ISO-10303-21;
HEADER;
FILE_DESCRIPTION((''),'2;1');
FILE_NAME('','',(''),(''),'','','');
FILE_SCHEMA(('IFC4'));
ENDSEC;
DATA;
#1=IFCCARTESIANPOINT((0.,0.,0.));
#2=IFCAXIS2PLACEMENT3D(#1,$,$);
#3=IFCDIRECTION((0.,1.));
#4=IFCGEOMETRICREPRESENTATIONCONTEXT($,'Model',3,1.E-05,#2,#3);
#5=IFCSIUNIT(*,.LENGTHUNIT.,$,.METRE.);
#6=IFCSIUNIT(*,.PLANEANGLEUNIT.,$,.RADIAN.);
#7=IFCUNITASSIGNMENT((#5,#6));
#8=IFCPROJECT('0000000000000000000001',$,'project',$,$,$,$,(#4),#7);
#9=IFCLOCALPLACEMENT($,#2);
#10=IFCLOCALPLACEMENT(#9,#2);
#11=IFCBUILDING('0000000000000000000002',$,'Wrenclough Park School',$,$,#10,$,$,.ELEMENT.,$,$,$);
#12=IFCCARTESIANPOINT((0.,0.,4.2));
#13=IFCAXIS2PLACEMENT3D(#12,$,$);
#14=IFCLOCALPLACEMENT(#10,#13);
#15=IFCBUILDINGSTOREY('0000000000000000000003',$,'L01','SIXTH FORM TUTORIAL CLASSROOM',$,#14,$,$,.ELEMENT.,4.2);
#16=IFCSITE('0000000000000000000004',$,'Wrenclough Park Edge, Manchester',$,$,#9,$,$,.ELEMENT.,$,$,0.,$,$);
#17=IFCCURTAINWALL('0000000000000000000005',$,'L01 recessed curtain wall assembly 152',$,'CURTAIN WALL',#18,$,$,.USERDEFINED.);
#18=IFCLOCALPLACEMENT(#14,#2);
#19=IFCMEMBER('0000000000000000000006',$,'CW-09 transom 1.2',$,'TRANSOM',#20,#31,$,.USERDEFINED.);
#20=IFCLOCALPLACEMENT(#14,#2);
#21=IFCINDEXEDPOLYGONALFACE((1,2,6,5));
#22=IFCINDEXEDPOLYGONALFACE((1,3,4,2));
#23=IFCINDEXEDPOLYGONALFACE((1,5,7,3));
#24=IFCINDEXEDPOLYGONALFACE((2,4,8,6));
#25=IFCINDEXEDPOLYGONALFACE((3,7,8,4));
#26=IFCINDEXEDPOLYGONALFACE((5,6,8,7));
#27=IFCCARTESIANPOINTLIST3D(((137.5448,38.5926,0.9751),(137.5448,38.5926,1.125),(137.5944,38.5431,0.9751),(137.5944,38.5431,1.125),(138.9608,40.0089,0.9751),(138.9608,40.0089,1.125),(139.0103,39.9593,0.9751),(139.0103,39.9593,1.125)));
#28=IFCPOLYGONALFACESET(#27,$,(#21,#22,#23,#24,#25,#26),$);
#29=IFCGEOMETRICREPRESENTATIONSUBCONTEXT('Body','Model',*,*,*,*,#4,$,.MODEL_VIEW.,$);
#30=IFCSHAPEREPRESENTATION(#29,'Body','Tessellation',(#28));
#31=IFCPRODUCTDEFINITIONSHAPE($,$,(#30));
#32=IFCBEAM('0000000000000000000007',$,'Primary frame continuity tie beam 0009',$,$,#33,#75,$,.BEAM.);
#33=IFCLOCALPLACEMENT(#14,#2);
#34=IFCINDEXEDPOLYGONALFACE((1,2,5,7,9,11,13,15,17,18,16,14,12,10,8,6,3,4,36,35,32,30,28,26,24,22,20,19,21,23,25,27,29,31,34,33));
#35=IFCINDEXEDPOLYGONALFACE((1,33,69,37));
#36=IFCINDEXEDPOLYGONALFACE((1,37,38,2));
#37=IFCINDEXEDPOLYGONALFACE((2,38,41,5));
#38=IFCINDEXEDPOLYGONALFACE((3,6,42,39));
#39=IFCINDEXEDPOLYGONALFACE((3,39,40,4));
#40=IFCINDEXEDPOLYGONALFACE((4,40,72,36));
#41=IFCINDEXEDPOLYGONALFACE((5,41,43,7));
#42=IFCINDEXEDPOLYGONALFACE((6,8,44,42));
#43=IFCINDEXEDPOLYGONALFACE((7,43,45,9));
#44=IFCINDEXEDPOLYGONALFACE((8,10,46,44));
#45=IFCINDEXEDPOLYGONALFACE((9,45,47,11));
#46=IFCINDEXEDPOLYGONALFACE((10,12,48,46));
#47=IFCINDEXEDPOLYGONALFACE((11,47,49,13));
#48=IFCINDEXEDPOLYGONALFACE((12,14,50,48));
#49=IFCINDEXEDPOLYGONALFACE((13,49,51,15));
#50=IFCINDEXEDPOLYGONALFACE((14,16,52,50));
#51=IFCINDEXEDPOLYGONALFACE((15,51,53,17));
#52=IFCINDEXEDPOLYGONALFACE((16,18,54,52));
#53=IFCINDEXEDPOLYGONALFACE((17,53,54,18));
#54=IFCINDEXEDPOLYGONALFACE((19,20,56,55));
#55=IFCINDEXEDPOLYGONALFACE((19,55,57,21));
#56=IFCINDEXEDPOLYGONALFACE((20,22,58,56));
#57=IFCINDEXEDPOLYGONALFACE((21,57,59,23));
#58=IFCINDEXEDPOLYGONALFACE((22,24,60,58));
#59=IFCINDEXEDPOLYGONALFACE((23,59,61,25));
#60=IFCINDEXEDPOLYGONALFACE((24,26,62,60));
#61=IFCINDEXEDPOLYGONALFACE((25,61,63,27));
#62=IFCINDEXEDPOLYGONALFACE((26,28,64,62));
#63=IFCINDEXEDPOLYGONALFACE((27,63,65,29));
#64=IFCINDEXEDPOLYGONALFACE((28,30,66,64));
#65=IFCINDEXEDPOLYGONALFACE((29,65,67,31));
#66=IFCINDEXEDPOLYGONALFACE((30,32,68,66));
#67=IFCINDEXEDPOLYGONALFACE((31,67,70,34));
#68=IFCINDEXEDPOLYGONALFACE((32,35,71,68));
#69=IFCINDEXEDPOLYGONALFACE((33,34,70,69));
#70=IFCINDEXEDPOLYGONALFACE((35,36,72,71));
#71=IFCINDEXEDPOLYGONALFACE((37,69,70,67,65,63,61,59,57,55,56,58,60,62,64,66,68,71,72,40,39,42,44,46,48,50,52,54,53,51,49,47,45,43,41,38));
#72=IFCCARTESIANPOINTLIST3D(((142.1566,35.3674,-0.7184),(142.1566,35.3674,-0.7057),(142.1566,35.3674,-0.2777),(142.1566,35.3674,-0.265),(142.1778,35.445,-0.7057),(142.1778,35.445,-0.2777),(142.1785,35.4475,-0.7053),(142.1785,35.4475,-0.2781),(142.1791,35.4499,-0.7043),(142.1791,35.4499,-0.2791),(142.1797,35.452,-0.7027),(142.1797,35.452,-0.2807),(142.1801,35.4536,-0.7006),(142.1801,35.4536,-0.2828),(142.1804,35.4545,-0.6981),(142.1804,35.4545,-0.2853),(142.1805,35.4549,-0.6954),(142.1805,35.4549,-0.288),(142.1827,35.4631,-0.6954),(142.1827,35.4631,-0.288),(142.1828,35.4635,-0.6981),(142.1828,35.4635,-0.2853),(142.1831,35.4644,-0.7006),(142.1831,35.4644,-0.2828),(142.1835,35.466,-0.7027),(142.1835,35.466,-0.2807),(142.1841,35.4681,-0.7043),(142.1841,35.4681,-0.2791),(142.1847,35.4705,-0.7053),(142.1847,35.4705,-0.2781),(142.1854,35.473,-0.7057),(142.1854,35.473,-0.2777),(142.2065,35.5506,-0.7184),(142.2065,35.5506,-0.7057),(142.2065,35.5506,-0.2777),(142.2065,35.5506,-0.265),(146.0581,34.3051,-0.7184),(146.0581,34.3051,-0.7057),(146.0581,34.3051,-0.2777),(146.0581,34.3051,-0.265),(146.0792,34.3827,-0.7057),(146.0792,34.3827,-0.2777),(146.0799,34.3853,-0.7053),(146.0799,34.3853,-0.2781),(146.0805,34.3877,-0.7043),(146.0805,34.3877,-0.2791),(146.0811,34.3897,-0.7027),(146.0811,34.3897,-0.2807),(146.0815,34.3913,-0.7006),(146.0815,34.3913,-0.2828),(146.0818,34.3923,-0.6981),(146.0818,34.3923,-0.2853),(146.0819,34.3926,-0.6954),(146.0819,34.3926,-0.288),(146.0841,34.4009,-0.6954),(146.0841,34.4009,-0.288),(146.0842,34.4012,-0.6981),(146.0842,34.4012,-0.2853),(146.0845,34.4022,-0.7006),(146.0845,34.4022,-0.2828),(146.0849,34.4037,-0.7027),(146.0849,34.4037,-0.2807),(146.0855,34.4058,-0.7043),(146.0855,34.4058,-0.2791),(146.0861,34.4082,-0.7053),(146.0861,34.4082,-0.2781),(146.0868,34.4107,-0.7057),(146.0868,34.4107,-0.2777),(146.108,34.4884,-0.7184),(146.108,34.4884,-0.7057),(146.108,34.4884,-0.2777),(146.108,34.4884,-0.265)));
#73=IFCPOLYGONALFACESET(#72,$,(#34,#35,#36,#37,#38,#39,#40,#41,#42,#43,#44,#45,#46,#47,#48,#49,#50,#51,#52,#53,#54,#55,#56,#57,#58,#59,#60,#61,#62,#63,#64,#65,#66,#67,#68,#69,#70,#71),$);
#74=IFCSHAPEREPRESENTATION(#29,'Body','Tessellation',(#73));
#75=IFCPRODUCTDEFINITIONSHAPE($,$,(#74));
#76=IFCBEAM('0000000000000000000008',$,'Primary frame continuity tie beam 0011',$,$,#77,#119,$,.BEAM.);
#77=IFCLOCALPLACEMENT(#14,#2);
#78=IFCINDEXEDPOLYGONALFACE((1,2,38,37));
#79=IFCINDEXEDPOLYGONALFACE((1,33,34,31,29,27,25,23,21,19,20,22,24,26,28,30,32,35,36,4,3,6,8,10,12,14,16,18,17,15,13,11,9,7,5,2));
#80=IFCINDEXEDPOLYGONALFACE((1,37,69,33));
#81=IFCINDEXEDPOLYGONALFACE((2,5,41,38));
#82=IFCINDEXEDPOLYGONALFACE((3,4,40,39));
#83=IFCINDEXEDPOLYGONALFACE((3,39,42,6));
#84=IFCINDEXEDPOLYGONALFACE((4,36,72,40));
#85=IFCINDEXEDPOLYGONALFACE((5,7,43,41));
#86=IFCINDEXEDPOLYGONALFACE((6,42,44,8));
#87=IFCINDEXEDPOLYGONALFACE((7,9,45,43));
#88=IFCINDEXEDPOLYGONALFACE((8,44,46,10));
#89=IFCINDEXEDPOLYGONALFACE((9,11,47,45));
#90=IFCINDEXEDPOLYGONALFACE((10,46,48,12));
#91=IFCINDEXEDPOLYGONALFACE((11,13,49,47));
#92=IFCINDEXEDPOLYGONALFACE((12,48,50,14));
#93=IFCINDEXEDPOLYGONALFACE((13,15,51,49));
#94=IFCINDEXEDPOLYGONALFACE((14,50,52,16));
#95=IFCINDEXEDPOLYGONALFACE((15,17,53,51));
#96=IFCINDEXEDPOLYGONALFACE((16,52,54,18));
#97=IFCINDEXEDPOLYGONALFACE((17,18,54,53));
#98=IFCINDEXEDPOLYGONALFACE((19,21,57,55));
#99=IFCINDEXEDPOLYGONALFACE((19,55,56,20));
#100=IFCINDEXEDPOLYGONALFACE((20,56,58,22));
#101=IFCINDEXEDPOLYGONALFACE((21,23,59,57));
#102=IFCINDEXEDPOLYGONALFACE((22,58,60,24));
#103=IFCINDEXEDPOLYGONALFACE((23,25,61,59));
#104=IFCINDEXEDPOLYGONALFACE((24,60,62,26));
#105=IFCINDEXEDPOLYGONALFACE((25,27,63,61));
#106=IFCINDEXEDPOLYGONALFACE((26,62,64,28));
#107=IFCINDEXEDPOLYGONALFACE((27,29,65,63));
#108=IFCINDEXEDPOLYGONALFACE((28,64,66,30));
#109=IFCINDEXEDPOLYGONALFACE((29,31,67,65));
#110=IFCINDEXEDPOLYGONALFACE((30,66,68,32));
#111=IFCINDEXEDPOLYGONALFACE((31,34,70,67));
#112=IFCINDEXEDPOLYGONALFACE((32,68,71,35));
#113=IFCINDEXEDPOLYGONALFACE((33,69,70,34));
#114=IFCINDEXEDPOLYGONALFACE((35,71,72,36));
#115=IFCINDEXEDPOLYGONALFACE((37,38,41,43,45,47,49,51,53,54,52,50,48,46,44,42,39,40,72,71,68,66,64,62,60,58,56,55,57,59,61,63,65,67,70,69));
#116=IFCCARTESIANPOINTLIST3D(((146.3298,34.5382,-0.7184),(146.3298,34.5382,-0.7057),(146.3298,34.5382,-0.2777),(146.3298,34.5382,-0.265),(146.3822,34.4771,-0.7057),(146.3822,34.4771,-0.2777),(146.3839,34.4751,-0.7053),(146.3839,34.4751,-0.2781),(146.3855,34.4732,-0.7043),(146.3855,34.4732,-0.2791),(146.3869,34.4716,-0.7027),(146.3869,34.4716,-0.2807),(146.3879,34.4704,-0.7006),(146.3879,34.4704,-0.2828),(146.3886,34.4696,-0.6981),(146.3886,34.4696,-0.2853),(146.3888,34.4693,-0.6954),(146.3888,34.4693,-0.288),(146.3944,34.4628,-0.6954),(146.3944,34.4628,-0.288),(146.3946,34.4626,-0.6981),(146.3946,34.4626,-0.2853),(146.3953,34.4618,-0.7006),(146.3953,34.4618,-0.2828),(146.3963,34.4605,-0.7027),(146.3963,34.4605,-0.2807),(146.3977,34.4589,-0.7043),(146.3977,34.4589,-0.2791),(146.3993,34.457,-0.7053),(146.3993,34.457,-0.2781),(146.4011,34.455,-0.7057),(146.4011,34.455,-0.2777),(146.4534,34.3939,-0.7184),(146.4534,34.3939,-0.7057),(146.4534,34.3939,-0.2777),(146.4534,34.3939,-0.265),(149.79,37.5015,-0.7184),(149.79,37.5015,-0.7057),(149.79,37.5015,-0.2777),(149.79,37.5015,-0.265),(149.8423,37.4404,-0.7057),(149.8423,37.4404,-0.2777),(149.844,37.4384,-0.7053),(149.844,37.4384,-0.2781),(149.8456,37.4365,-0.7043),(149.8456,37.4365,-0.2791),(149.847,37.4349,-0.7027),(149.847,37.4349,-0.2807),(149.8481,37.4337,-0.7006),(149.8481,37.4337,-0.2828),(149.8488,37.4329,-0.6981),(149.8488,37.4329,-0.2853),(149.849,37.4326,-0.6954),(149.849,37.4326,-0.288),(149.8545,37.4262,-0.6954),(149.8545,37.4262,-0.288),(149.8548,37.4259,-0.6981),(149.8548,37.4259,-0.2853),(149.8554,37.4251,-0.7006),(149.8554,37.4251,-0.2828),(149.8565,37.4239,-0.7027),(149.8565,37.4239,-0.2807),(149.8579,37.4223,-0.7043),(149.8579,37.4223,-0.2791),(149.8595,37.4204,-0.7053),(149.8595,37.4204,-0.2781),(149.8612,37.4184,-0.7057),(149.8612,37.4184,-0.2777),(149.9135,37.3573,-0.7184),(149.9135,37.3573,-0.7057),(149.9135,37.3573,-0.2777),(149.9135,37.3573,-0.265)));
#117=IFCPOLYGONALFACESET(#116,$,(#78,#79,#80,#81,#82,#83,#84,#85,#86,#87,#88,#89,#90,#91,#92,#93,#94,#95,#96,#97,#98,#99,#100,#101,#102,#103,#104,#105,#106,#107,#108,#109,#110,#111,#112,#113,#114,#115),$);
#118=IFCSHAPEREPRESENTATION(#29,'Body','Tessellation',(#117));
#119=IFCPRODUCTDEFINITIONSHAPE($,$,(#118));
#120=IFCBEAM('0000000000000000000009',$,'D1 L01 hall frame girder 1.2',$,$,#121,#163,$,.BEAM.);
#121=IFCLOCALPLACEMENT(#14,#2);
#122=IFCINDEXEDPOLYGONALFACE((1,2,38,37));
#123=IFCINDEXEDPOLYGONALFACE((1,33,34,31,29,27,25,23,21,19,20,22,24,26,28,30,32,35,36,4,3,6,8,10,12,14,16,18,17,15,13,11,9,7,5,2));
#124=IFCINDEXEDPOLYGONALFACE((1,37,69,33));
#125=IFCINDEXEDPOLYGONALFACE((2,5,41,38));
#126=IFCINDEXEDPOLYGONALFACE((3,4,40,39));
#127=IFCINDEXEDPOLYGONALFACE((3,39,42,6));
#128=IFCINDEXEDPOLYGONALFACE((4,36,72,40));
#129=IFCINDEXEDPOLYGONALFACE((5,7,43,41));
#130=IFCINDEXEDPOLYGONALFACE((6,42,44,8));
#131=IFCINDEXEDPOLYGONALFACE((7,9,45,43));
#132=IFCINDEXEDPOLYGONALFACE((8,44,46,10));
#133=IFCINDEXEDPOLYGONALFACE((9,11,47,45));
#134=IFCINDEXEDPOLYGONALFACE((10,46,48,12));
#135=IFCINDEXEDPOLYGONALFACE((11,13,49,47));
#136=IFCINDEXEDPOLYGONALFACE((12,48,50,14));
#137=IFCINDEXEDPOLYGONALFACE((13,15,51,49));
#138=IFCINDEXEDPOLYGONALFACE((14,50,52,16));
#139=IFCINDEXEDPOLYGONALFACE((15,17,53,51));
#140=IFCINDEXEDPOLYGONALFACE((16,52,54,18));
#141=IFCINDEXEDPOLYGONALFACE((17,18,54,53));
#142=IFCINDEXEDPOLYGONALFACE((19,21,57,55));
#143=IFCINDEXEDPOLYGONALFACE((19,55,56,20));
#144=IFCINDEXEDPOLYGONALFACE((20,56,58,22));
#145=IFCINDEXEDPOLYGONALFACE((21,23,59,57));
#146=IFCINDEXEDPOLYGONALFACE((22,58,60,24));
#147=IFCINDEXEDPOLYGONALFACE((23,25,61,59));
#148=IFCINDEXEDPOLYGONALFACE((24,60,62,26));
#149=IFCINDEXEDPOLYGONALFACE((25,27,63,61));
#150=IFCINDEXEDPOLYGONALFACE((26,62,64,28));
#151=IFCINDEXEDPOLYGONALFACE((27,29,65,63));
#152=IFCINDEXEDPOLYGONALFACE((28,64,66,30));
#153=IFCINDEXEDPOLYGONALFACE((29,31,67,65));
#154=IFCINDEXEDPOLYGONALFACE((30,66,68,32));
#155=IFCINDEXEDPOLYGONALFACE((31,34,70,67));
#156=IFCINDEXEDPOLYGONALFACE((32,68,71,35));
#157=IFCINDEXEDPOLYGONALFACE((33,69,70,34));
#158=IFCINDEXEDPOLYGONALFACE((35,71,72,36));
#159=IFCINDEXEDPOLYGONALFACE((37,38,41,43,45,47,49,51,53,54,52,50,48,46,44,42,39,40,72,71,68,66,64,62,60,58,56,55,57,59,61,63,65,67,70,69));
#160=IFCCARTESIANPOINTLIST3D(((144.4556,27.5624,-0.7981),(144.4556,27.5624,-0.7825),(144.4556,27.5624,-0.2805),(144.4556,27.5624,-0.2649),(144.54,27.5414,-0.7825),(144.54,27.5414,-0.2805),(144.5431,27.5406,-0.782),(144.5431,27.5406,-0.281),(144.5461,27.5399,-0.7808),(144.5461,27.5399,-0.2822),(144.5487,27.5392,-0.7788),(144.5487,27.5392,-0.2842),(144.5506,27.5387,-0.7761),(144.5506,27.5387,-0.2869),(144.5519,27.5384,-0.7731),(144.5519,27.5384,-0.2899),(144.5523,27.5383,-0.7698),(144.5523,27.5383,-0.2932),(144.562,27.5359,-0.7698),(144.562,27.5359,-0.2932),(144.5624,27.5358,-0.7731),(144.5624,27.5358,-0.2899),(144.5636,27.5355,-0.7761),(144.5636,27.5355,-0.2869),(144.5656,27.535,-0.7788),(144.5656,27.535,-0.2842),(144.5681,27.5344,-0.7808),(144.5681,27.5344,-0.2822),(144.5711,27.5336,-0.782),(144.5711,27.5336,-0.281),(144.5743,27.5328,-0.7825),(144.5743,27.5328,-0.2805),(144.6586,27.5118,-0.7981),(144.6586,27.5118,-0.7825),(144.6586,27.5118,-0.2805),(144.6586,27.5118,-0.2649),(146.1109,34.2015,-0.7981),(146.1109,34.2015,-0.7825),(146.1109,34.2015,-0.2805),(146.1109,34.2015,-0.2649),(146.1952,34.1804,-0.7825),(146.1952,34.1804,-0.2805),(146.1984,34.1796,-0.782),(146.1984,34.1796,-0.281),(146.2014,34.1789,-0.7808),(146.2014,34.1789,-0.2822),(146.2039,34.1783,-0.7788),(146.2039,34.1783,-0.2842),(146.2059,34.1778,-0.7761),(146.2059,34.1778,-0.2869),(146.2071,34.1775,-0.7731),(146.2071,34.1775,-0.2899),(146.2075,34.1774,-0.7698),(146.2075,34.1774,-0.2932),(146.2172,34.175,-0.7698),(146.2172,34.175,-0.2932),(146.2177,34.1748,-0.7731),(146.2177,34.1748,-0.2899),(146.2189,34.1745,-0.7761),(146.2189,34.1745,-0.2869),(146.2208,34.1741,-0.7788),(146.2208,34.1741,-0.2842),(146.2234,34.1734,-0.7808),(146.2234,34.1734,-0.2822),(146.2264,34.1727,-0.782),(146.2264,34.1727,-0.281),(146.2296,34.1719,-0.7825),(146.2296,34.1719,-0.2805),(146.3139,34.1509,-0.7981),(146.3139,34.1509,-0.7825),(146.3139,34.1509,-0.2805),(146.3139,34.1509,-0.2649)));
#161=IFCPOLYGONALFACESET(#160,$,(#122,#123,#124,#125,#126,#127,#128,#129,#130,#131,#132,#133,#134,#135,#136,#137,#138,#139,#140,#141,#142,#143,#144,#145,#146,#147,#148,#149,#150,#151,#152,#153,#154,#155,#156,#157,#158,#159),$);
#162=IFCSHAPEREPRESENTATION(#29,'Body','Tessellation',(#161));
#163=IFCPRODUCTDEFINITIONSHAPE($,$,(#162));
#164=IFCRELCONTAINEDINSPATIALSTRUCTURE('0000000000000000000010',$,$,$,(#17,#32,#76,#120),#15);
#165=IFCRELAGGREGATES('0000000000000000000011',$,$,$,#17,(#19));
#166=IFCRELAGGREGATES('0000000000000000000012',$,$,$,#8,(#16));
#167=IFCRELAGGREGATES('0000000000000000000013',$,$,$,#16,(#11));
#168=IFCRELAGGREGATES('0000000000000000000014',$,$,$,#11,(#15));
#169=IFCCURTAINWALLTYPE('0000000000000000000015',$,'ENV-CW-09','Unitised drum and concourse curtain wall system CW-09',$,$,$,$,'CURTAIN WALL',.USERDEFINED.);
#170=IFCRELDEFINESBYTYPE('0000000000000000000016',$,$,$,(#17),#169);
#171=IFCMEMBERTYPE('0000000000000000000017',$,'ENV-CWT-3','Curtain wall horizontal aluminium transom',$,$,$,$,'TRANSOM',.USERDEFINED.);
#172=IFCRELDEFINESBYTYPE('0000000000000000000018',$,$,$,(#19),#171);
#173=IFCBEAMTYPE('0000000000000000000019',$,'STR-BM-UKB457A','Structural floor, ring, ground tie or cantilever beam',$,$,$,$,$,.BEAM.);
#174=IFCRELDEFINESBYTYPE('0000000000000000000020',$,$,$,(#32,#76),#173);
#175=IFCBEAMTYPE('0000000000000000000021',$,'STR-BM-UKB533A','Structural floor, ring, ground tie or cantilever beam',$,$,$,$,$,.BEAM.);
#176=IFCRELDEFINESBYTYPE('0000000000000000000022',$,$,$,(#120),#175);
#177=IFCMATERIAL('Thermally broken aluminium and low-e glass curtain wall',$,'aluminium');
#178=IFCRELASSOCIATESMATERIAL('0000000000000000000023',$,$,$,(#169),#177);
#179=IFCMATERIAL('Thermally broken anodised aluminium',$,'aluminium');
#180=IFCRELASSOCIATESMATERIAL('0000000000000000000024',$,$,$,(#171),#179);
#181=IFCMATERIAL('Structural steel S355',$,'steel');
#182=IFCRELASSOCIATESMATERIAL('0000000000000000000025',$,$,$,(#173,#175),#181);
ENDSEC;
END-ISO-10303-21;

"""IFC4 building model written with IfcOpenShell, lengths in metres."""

from ifc_helpers import new_model, si_unit, direction, frame, origin, origin_2d, place, context, subcontext, project, spatial, rectangle, i_section, extrude, material, material_profile, profile_set, type_object, element, aggregate, save


model = new_model("IFC4")

# Units and contexts
model_context = context("Model", 3, precision=1e-05, world=origin(), true_north=direction((0.0, 1.0)))
body_context = subcontext(model_context, "Body", "Model", "MODEL_VIEW")
ifc_project = project(units=[si_unit("LENGTHUNIT", "METRE"), si_unit("PLANEANGLEUNIT", "RADIAN")], contexts=[model_context])

# Site, building, storey
site_placement = place(None, origin())
site = spatial("IfcSite", under=ifc_project, at=site_placement, Name="Wrenclough Park Edge, Manchester", CompositionType="ELEMENT", RefElevation=0.0)
building_placement = place(site_placement, origin())
building = spatial("IfcBuilding", under=site, at=building_placement, Name="Wrenclough Park School", CompositionType="ELEMENT")
storey_placement = place(building_placement, frame((0.0, 0.0, 4.2)))
storey = spatial("IfcBuildingStorey", under=building, at=storey_placement, Name="L01", Description="SIXTH FORM TUTORIAL CLASSROOM", CompositionType="ELEMENT", Elevation=4.2)

# Shared definitions
ifc_material_1 = material(Name="Structural steel S355", Category="steel")

# Shared definitions
ifc_material_2 = material(Name="Thermally broken aluminium and low-e glass curtain wall", Category="aluminium")
ifc_material_3 = material(Name="Thermally broken anodised aluminium", Category="aluminium")

# Curtain wall, member
curtain_wall_type_1 = type_object("IfcCurtainWallType", Name="ENV-CW-09", Description="Unitised drum and concourse curtain wall system CW-09", ElementType="CURTAIN WALL", PredefinedType="USERDEFINED", material=ifc_material_2)
curtain_wall_1_placement = place(storey_placement, origin())
curtain_wall_1 = element("IfcCurtainWall", 1, at=curtain_wall_1_placement, inside=storey, type_object=curtain_wall_type_1, Name="L01 recessed curtain wall assembly 152", ObjectType="CURTAIN WALL", PredefinedType="USERDEFINED")
ifc_material_profile_1 = material_profile(ifc_material_3, rectangle(XDim=0.0701, YDim=0.1499, at=origin_2d()), Name="AL TRANSOM 70x150")
ifc_profile_set_1 = profile_set([ifc_material_profile_1], Name="Thermally broken anodised aluminium")
member_type_1 = type_object("IfcMemberType", Name="ENV-CWT-3", Description="Curtain wall horizontal aluminium transom", ElementType="TRANSOM", PredefinedType="USERDEFINED", material=ifc_profile_set_1)
member_1_placement = place(storey_placement, frame((137.5696, 38.5679, 1.05), z_axis=(0.707046, 0.707168, 0.0), x_axis=(-0.707168, 0.707046, 0.0)))
member_1 = element("IfcMember", 2, at=member_1_placement, type_object=member_type_1, Name="CW-09 transom 1.2", ObjectType="TRANSOM", PredefinedType="USERDEFINED", context=body_context, shape_type="SweptSolid", body=[
    extrude(rectangle(XDim=0.0701, YDim=0.1499, at=origin_2d()), origin(), (0.0, 0.0, 1.0), 2.0027),
])
aggregate(curtain_wall_1, [member_1])

# Beams
ifc_material_profile_2 = material_profile(ifc_material_1, i_section(OverallWidth=0.1899, OverallDepth=0.4534, WebThickness=0.0085, FlangeThickness=0.0127, FilletRadius=0.0103, at=origin_2d()), Name="UKB 457x191x67")
ifc_profile_set_2 = profile_set([ifc_material_profile_2], Name="Structural steel S355")
beam_type_1 = type_object("IfcBeamType", Name="STR-BM-UKB457A", Description="Structural floor, ring, ground tie or cantilever beam", PredefinedType="BEAM", material=ifc_profile_set_2)
beam_1_placement = place(storey_placement, frame((146.083, 34.3967, -0.4917), z_axis=(-0.964874, 0.262714, 0.0), x_axis=(-0.262714, -0.964874, 0.0)))
element("IfcBeam", 3, at=beam_1_placement, inside=storey, type_object=beam_type_1, Name="Primary frame continuity tie beam 0009", PredefinedType="BEAM", context=body_context, shape_type="SweptSolid", body=[
    extrude(i_section(OverallWidth=0.1899, OverallDepth=0.4534, WebThickness=0.0085, FlangeThickness=0.0127, FilletRadius=0.0103, at=origin_2d()), origin(), (0.0, 0.0, 1.0), 4.0435),
])
beam_2_placement = place(storey_placement, frame((146.3916, 34.4661, -0.4917), z_axis=(0.759529, 0.650474, 0.0), x_axis=(-0.650474, 0.759529, 0.0)))
element("IfcBeam", 4, at=beam_2_placement, inside=storey, type_object=beam_type_1, Name="Primary frame continuity tie beam 0011", PredefinedType="BEAM", context=body_context, shape_type="SweptSolid", body=[
    extrude(i_section(OverallWidth=0.1899, OverallDepth=0.4534, WebThickness=0.0085, FlangeThickness=0.0127, FilletRadius=0.0103, at=origin_2d()), origin(), (0.0, 0.0, 1.0), 4.5557),
])
ifc_material_profile_3 = material_profile(ifc_material_1, i_section(OverallWidth=0.2092, OverallDepth=0.5332, WebThickness=0.01, FlangeThickness=0.0156, FilletRadius=0.0127, at=origin_2d()), Name="UKB 533x210x92")
ifc_profile_set_3 = profile_set([ifc_material_profile_3], Name="Structural steel S355")
beam_type_2 = type_object("IfcBeamType", Name="STR-BM-UKB533A", Description="Structural floor, ring, ground tie or cantilever beam", PredefinedType="BEAM", material=ifc_profile_set_3)
beam_3_placement = place(storey_placement, frame((144.5571, 27.5371, -0.5315), z_axis=(0.241914, 0.970298, 0.0), x_axis=(-0.970298, 0.241914, 0.0)))
element("IfcBeam", 5, at=beam_3_placement, inside=storey, type_object=beam_type_2, Name="D1 L01 hall frame girder 1.2", PredefinedType="BEAM", context=body_context, shape_type="SweptSolid", body=[
    extrude(i_section(OverallWidth=0.2092, OverallDepth=0.5332, WebThickness=0.01, FlangeThickness=0.0156, FilletRadius=0.0127, at=origin_2d()), origin(), (0.0, 0.0, 1.0), 6.8423),
])

save(model, "model.ifc")
